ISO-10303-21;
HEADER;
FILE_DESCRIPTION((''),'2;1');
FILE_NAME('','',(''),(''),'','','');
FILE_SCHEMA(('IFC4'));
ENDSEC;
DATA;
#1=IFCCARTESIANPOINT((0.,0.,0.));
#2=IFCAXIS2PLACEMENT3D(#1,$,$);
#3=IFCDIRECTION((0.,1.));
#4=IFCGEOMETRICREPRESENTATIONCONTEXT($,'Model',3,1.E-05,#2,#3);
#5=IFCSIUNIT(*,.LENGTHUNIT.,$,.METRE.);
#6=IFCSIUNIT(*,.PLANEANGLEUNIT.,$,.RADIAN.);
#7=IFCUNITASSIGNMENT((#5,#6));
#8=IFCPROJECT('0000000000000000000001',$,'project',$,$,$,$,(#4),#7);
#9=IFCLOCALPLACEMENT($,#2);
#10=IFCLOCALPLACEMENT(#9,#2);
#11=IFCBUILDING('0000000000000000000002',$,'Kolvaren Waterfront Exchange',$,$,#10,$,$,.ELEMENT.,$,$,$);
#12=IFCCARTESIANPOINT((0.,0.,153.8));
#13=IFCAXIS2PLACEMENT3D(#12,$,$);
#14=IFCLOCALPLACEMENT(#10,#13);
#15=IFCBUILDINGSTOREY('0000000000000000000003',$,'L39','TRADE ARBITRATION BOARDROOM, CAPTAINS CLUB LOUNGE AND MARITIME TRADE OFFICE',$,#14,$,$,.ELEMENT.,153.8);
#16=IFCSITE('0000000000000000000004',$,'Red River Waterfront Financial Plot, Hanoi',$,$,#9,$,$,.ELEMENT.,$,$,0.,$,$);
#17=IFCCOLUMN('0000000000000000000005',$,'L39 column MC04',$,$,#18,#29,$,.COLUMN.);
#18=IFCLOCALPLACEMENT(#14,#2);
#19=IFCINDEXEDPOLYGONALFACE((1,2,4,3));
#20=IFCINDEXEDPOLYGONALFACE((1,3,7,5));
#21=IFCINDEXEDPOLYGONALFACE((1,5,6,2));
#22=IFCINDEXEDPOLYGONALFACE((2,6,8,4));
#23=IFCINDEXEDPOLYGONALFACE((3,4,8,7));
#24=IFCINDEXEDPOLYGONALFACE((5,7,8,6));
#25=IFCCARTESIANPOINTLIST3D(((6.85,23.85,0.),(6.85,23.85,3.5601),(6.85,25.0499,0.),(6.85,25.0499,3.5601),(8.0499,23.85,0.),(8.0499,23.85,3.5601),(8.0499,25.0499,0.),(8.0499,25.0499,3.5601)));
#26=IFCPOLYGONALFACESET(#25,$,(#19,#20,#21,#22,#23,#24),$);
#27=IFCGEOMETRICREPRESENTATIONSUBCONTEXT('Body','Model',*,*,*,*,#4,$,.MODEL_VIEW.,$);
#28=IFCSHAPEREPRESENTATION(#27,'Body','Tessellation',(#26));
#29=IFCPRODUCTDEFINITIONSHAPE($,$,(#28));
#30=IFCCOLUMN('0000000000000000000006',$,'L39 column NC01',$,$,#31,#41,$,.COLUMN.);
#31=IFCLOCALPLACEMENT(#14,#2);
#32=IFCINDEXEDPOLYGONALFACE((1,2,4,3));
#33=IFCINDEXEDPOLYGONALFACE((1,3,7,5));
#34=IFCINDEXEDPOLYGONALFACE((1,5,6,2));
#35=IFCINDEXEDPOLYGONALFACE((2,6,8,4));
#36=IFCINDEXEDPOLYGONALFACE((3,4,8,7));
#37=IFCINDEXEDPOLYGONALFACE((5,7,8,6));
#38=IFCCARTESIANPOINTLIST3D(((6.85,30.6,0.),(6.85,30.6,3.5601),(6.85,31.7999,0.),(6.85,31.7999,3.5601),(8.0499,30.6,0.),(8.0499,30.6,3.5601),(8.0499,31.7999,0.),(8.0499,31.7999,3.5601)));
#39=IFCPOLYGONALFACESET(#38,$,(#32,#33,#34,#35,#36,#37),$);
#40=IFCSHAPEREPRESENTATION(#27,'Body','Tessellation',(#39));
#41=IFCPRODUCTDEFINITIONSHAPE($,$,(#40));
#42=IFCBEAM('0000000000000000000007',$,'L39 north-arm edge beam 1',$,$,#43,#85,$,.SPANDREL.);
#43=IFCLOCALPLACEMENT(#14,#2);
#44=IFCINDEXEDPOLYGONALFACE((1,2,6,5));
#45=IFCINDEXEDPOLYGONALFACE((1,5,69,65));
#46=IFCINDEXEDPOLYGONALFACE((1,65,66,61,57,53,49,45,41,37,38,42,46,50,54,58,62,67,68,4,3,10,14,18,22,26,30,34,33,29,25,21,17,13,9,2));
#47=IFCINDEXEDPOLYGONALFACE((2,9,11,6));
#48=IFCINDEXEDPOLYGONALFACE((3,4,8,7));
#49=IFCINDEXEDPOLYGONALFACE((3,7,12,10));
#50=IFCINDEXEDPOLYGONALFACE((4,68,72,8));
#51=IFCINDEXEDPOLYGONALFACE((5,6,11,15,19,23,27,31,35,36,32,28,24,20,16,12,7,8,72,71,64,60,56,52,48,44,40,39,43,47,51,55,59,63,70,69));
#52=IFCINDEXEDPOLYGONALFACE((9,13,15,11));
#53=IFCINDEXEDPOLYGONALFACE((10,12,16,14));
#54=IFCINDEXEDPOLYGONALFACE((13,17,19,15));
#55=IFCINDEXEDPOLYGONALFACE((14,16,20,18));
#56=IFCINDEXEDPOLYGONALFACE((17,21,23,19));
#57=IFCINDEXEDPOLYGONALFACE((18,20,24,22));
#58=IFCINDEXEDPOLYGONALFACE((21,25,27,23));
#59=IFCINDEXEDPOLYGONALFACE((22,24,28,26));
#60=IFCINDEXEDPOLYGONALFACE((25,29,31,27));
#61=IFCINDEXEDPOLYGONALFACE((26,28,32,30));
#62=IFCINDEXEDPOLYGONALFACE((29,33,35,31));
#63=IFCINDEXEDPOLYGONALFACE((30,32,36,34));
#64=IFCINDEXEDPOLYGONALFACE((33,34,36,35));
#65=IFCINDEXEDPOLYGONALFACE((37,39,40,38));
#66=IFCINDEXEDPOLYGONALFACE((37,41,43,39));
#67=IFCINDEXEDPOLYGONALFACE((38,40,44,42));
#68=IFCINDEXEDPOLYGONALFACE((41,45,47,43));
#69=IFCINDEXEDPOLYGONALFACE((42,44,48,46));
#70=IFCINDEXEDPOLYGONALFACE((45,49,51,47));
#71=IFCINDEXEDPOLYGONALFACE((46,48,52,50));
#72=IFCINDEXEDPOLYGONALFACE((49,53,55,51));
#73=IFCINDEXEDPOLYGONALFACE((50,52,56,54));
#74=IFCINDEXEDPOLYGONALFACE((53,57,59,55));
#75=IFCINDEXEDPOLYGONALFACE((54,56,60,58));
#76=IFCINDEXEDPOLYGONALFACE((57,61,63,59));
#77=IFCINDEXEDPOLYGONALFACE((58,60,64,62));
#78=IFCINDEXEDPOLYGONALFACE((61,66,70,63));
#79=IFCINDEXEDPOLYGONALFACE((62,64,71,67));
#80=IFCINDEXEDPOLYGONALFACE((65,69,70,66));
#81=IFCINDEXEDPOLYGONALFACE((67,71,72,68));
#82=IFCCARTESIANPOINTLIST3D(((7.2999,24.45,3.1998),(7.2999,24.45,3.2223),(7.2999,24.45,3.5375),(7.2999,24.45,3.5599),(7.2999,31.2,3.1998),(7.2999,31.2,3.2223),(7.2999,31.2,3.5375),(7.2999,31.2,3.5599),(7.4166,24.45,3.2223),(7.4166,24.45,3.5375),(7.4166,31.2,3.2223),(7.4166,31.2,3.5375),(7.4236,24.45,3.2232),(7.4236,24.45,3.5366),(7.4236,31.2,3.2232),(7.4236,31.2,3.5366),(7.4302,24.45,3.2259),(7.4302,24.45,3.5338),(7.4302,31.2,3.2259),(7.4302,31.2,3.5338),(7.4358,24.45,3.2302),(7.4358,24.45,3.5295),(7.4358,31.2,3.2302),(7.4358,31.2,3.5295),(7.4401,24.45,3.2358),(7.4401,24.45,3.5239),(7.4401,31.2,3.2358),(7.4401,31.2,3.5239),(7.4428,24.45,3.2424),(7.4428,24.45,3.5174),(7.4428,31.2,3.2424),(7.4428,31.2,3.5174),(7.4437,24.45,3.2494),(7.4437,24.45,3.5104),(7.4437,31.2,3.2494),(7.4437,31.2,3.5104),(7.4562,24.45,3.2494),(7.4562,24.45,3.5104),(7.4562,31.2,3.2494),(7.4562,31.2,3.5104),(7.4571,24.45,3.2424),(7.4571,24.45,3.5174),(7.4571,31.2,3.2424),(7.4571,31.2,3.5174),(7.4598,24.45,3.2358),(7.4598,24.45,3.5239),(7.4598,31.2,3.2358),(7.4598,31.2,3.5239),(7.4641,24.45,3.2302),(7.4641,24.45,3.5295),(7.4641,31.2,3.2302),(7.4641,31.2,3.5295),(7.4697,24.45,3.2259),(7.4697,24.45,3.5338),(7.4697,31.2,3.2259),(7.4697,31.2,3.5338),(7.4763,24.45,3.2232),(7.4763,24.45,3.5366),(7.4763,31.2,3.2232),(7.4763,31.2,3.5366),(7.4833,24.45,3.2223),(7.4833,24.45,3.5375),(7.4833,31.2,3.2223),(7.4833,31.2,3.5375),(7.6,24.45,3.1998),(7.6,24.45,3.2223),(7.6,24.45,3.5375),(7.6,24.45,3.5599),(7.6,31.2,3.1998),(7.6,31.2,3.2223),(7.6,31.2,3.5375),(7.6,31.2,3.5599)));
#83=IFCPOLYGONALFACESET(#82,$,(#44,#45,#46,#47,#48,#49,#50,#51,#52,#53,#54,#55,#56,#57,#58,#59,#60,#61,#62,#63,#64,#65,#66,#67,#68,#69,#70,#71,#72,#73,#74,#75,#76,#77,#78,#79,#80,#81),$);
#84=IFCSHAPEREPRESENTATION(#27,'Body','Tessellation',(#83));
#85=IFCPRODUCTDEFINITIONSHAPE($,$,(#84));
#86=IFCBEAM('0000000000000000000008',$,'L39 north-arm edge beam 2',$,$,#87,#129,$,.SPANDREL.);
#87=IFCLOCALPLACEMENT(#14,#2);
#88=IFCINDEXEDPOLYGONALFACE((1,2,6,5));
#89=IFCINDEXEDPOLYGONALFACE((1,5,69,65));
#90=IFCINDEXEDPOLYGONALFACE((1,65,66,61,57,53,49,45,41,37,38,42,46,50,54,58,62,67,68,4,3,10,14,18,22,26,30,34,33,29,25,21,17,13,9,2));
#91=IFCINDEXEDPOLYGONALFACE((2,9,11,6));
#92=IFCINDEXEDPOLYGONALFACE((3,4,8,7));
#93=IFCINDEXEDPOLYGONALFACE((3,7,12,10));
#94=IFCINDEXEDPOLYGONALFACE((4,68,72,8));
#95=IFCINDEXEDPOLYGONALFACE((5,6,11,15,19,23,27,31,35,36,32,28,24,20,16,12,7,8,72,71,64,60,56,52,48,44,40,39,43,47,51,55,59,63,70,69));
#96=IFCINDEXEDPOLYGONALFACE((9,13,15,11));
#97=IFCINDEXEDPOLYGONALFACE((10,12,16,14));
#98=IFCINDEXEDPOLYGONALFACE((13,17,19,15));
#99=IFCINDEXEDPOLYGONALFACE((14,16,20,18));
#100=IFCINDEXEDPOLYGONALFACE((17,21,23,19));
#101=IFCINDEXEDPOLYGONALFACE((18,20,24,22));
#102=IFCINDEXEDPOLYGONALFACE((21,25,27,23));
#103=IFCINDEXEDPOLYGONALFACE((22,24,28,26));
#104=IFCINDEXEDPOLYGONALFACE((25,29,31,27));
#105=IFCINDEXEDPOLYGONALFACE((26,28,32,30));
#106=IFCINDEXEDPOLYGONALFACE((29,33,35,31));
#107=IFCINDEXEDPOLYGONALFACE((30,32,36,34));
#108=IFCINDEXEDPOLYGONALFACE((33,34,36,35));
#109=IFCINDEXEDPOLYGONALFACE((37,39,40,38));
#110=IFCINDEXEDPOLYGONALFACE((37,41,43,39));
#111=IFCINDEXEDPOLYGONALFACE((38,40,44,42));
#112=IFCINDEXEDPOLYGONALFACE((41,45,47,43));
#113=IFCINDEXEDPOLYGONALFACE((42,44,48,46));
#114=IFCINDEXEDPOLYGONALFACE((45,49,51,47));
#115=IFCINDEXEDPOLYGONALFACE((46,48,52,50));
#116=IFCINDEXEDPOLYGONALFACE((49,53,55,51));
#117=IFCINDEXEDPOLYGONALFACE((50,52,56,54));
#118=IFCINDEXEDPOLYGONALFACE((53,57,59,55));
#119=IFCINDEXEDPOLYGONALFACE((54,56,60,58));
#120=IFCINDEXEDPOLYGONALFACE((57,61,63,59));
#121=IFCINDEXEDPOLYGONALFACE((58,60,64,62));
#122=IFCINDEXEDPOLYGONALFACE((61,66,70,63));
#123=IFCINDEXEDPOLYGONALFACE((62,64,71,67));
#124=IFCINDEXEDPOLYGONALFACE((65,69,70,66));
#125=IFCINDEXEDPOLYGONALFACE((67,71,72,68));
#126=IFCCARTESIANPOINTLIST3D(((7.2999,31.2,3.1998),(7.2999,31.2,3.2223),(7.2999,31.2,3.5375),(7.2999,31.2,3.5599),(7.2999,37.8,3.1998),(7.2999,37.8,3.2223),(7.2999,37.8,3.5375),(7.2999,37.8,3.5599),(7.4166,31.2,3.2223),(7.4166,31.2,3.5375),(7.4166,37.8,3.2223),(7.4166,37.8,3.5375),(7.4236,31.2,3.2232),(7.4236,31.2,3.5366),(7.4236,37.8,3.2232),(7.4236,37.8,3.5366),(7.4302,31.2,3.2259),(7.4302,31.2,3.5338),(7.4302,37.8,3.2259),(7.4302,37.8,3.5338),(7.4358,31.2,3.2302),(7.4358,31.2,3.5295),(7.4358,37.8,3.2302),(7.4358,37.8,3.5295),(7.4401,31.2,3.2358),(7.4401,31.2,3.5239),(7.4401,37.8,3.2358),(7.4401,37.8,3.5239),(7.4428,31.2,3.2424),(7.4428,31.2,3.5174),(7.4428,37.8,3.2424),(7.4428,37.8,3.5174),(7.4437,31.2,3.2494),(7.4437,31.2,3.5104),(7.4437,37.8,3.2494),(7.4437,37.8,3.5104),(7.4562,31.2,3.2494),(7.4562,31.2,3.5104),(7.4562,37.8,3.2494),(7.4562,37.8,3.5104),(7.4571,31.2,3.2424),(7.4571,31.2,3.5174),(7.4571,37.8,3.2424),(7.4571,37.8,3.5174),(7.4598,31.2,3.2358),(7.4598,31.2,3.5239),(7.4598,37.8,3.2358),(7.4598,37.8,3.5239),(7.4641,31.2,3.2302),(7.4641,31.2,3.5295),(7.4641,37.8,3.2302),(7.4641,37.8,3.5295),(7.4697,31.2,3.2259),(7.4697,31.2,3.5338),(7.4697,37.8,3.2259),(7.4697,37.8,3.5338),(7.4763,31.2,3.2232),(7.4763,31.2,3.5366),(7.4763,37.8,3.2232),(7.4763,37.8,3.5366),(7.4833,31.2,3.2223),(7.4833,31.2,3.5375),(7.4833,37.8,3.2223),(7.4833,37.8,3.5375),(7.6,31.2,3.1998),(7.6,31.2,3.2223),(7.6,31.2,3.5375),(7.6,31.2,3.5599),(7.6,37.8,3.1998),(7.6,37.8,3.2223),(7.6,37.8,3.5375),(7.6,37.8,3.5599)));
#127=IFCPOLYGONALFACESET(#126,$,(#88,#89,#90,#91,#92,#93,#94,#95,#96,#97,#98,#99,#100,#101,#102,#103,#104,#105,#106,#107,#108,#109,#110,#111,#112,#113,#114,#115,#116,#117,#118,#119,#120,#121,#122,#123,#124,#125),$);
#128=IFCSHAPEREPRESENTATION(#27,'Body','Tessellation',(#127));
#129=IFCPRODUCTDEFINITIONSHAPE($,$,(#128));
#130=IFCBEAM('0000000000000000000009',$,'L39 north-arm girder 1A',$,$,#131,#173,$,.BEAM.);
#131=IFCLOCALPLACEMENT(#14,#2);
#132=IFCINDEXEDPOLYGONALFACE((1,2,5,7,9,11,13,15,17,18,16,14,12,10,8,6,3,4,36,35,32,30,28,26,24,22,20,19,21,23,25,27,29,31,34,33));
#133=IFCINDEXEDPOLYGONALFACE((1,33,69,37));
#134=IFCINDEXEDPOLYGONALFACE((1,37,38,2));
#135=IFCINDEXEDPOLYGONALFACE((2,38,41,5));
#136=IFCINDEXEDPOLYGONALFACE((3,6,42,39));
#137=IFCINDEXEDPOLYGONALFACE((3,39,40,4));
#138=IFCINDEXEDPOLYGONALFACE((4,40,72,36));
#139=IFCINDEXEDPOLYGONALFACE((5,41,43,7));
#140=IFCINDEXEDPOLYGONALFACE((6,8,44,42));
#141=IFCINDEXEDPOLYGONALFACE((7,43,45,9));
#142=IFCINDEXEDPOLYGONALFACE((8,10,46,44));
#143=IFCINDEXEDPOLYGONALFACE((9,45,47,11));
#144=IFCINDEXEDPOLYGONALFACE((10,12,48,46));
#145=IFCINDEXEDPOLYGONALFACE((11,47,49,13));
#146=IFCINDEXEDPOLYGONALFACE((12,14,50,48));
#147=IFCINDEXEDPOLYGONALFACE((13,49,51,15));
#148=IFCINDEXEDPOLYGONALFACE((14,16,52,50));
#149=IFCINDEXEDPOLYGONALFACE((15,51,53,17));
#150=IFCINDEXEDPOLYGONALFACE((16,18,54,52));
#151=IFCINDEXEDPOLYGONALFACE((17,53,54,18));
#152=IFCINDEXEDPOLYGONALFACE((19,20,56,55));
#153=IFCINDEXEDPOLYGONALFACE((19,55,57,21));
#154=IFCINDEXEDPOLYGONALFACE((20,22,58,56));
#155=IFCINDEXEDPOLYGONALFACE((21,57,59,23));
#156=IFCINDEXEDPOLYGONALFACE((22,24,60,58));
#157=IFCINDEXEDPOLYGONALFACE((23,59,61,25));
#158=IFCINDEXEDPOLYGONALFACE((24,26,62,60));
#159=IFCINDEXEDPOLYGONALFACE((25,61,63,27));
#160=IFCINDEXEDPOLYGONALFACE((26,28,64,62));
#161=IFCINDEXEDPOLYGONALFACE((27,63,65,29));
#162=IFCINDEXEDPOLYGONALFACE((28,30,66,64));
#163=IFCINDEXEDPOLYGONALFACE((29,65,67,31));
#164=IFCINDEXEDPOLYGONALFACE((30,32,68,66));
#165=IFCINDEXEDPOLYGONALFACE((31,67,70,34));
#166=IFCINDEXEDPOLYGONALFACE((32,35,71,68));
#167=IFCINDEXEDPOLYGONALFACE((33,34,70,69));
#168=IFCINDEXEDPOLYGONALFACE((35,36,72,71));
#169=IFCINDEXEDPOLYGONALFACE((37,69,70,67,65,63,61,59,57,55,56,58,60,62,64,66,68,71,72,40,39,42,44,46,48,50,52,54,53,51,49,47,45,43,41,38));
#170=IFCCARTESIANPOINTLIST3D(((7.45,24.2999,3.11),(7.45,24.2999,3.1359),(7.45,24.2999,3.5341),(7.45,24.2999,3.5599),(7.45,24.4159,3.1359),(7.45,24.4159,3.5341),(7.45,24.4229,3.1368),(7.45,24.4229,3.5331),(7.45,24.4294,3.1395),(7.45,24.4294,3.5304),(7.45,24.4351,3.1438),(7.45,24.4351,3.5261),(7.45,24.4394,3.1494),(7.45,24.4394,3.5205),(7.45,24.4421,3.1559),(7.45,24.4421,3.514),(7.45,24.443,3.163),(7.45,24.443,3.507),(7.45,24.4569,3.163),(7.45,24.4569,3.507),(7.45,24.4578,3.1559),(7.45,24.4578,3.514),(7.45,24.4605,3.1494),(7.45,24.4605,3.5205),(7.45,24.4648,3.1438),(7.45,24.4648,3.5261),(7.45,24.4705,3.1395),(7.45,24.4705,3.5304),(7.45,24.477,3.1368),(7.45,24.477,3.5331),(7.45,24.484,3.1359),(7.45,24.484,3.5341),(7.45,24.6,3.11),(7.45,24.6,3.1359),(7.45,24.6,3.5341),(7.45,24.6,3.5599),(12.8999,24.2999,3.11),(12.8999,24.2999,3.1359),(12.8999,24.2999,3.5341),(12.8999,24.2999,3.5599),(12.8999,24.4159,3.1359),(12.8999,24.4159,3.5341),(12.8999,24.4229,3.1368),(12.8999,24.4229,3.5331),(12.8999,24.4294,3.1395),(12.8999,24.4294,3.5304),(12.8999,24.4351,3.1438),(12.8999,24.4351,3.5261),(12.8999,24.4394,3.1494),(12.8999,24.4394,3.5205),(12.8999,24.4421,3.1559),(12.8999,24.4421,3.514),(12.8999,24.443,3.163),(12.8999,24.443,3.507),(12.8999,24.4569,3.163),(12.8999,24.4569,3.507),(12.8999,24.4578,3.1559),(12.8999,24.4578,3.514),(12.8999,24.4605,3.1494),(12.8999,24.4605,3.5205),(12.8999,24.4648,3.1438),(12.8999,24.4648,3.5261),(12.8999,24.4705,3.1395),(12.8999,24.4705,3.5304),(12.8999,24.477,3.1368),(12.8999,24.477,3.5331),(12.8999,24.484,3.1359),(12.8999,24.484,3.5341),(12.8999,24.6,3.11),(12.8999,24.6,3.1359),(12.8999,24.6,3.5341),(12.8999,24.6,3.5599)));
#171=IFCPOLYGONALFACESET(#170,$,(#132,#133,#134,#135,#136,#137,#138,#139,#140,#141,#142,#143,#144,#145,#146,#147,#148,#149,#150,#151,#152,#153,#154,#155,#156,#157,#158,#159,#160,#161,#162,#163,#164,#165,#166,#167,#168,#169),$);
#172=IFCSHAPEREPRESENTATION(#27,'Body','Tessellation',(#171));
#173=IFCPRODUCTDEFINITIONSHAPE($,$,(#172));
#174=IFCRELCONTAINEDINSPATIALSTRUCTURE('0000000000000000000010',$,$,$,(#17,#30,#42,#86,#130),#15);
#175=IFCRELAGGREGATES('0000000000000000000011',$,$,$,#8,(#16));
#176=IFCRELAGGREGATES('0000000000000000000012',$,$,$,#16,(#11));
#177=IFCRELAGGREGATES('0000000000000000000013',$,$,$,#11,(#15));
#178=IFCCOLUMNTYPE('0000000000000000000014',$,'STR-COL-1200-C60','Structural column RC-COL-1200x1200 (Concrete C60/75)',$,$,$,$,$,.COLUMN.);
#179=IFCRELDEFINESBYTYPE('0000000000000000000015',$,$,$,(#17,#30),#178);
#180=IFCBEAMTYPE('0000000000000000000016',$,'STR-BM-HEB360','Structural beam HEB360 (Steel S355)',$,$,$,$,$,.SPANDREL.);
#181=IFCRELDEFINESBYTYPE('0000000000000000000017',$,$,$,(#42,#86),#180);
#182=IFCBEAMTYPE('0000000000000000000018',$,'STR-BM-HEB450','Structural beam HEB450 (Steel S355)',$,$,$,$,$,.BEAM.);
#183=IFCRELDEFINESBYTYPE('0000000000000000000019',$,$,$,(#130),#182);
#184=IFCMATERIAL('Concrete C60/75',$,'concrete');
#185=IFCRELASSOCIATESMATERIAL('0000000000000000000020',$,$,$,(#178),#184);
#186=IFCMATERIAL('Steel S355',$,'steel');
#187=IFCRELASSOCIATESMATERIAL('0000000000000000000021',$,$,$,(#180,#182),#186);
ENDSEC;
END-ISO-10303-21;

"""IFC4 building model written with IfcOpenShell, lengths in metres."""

from ifc_helpers import new_model, si_unit, direction, frame, origin, origin_2d, place, context, subcontext, project, spatial, rectangle, i_section, extrude, material, material_profile, profile_set, type_object, element, save


model = new_model("IFC4")

# Units and contexts
model_context = context("Model", 3, precision=1e-05, world=origin(), true_north=direction((0.0, 1.0)))
body_context = subcontext(model_context, "Body", "Model", "MODEL_VIEW")
ifc_project = project(units=[si_unit("LENGTHUNIT", "METRE"), si_unit("PLANEANGLEUNIT", "RADIAN")], contexts=[model_context])

# Site, building, storey
site_placement = place(None, origin())
site = spatial("IfcSite", under=ifc_project, at=site_placement, Name="Red River Waterfront Financial Plot, Hanoi", CompositionType="ELEMENT", RefElevation=0.0)
building_placement = place(site_placement, origin())
building = spatial("IfcBuilding", under=site, at=building_placement, Name="Kolvaren Waterfront Exchange", CompositionType="ELEMENT")
storey_placement = place(building_placement, frame((0.0, 0.0, 153.8)))
storey = spatial("IfcBuildingStorey", under=building, at=storey_placement, Name="L39", Description="TRADE ARBITRATION BOARDROOM, CAPTAINS CLUB LOUNGE AND MARITIME TRADE OFFICE", CompositionType="ELEMENT", Elevation=153.8)

# Columns
ifc_material_1 = material(Name="Concrete C60/75", Category="concrete")
ifc_material_profile_1 = material_profile(ifc_material_1, rectangle(XDim=1.2, YDim=1.2, at=origin_2d()), Name="RC-COL-1200x1200")
ifc_profile_set_1 = profile_set([ifc_material_profile_1], Name="Concrete C60/75")
column_type = type_object("IfcColumnType", Name="STR-COL-1200-C60", Description="Structural column RC-COL-1200x1200 (Concrete C60/75)", PredefinedType="COLUMN", material=ifc_profile_set_1)
for number, where, z_axis, x_axis, name in (
    (1, (7.45, 24.45, 0.0), (0.0, 0.0, 1.0), (1.0, 0.0, 0.0), "L39 column MC04"),
    (2, (7.45, 31.2, 0.0), (0.0, 0.0, 1.0), (1.0, 0.0, 0.0), "L39 column NC01"),
):
    element("IfcColumn", number, at=place(storey_placement, frame(where, z_axis=z_axis, x_axis=x_axis)), inside=storey, type_object=column_type, Name=name, PredefinedType="COLUMN", context=body_context, shape_type="SweptSolid", body=[
        extrude(rectangle(XDim=1.2, YDim=1.2, at=origin_2d()), origin(), (0.0, 0.0, 1.0), 3.5601),
    ])

# Beams
ifc_material_2 = material(Name="Steel S355", Category="steel")
ifc_material_profile_2 = material_profile(ifc_material_2, i_section(OverallWidth=0.3, OverallDepth=0.3601, WebThickness=0.0125, FlangeThickness=0.0225, FilletRadius=0.0271, at=origin_2d()), Name="HEB360")
ifc_profile_set_2 = profile_set([ifc_material_profile_2], Name="Steel S355")
beam_type_1 = type_object("IfcBeamType", Name="STR-BM-HEB360", Description="Structural beam HEB360 (Steel S355)", PredefinedType="SPANDREL", material=ifc_profile_set_2)
beam_1_placement = place(storey_placement, frame((7.45, 24.45, 3.3799), z_axis=(0.0, 1.0, 0.0), x_axis=(-1.0, 0.0, 0.0)))
element("IfcBeam", 3, at=beam_1_placement, inside=storey, type_object=beam_type_1, Name="L39 north-arm edge beam 1", PredefinedType="SPANDREL", context=body_context, shape_type="SweptSolid", body=[
    extrude(i_section(OverallWidth=0.3, OverallDepth=0.3601, WebThickness=0.0125, FlangeThickness=0.0225, FilletRadius=0.0271, at=origin_2d()), origin(), (0.0, 0.0, 1.0), 6.75),
])
beam_2_placement = place(storey_placement, frame((7.45, 31.2, 3.3799), z_axis=(0.0, 1.0, 0.0), x_axis=(-1.0, 0.0, 0.0)))
element("IfcBeam", 4, at=beam_2_placement, inside=storey, type_object=beam_type_1, Name="L39 north-arm edge beam 2", PredefinedType="SPANDREL", context=body_context, shape_type="SweptSolid", body=[
    extrude(i_section(OverallWidth=0.3, OverallDepth=0.3601, WebThickness=0.0125, FlangeThickness=0.0225, FilletRadius=0.0271, at=origin_2d()), origin(), (0.0, 0.0, 1.0), 6.6001),
])
ifc_material_profile_3 = material_profile(ifc_material_2, i_section(OverallWidth=0.3, OverallDepth=0.45, WebThickness=0.0139, FlangeThickness=0.0259, FilletRadius=0.0271, at=origin_2d()), Name="HEB450")
ifc_profile_set_3 = profile_set([ifc_material_profile_3], Name="Steel S355")
beam_type_2 = type_object("IfcBeamType", Name="STR-BM-HEB450", Description="Structural beam HEB450 (Steel S355)", PredefinedType="BEAM", material=ifc_profile_set_3)
for number, where, z_axis, x_axis, name in (
    (5, (7.45, 24.45, 3.335), (1.0, 0.0, 0.0), (0.0, 1.0, 0.0), "L39 north-arm girder 1A"),
):
    element("IfcBeam", number, at=place(storey_placement, frame(where, z_axis=z_axis, x_axis=x_axis)), inside=storey, type_object=beam_type_2, Name=name, PredefinedType="BEAM", context=body_context, shape_type="SweptSolid", body=[
        extrude(i_section(OverallWidth=0.3, OverallDepth=0.45, WebThickness=0.0139, FlangeThickness=0.0259, FilletRadius=0.0271, at=origin_2d()), origin(), (0.0, 0.0, 1.0), 5.45),
    ])

save(model, "model.ifc")
